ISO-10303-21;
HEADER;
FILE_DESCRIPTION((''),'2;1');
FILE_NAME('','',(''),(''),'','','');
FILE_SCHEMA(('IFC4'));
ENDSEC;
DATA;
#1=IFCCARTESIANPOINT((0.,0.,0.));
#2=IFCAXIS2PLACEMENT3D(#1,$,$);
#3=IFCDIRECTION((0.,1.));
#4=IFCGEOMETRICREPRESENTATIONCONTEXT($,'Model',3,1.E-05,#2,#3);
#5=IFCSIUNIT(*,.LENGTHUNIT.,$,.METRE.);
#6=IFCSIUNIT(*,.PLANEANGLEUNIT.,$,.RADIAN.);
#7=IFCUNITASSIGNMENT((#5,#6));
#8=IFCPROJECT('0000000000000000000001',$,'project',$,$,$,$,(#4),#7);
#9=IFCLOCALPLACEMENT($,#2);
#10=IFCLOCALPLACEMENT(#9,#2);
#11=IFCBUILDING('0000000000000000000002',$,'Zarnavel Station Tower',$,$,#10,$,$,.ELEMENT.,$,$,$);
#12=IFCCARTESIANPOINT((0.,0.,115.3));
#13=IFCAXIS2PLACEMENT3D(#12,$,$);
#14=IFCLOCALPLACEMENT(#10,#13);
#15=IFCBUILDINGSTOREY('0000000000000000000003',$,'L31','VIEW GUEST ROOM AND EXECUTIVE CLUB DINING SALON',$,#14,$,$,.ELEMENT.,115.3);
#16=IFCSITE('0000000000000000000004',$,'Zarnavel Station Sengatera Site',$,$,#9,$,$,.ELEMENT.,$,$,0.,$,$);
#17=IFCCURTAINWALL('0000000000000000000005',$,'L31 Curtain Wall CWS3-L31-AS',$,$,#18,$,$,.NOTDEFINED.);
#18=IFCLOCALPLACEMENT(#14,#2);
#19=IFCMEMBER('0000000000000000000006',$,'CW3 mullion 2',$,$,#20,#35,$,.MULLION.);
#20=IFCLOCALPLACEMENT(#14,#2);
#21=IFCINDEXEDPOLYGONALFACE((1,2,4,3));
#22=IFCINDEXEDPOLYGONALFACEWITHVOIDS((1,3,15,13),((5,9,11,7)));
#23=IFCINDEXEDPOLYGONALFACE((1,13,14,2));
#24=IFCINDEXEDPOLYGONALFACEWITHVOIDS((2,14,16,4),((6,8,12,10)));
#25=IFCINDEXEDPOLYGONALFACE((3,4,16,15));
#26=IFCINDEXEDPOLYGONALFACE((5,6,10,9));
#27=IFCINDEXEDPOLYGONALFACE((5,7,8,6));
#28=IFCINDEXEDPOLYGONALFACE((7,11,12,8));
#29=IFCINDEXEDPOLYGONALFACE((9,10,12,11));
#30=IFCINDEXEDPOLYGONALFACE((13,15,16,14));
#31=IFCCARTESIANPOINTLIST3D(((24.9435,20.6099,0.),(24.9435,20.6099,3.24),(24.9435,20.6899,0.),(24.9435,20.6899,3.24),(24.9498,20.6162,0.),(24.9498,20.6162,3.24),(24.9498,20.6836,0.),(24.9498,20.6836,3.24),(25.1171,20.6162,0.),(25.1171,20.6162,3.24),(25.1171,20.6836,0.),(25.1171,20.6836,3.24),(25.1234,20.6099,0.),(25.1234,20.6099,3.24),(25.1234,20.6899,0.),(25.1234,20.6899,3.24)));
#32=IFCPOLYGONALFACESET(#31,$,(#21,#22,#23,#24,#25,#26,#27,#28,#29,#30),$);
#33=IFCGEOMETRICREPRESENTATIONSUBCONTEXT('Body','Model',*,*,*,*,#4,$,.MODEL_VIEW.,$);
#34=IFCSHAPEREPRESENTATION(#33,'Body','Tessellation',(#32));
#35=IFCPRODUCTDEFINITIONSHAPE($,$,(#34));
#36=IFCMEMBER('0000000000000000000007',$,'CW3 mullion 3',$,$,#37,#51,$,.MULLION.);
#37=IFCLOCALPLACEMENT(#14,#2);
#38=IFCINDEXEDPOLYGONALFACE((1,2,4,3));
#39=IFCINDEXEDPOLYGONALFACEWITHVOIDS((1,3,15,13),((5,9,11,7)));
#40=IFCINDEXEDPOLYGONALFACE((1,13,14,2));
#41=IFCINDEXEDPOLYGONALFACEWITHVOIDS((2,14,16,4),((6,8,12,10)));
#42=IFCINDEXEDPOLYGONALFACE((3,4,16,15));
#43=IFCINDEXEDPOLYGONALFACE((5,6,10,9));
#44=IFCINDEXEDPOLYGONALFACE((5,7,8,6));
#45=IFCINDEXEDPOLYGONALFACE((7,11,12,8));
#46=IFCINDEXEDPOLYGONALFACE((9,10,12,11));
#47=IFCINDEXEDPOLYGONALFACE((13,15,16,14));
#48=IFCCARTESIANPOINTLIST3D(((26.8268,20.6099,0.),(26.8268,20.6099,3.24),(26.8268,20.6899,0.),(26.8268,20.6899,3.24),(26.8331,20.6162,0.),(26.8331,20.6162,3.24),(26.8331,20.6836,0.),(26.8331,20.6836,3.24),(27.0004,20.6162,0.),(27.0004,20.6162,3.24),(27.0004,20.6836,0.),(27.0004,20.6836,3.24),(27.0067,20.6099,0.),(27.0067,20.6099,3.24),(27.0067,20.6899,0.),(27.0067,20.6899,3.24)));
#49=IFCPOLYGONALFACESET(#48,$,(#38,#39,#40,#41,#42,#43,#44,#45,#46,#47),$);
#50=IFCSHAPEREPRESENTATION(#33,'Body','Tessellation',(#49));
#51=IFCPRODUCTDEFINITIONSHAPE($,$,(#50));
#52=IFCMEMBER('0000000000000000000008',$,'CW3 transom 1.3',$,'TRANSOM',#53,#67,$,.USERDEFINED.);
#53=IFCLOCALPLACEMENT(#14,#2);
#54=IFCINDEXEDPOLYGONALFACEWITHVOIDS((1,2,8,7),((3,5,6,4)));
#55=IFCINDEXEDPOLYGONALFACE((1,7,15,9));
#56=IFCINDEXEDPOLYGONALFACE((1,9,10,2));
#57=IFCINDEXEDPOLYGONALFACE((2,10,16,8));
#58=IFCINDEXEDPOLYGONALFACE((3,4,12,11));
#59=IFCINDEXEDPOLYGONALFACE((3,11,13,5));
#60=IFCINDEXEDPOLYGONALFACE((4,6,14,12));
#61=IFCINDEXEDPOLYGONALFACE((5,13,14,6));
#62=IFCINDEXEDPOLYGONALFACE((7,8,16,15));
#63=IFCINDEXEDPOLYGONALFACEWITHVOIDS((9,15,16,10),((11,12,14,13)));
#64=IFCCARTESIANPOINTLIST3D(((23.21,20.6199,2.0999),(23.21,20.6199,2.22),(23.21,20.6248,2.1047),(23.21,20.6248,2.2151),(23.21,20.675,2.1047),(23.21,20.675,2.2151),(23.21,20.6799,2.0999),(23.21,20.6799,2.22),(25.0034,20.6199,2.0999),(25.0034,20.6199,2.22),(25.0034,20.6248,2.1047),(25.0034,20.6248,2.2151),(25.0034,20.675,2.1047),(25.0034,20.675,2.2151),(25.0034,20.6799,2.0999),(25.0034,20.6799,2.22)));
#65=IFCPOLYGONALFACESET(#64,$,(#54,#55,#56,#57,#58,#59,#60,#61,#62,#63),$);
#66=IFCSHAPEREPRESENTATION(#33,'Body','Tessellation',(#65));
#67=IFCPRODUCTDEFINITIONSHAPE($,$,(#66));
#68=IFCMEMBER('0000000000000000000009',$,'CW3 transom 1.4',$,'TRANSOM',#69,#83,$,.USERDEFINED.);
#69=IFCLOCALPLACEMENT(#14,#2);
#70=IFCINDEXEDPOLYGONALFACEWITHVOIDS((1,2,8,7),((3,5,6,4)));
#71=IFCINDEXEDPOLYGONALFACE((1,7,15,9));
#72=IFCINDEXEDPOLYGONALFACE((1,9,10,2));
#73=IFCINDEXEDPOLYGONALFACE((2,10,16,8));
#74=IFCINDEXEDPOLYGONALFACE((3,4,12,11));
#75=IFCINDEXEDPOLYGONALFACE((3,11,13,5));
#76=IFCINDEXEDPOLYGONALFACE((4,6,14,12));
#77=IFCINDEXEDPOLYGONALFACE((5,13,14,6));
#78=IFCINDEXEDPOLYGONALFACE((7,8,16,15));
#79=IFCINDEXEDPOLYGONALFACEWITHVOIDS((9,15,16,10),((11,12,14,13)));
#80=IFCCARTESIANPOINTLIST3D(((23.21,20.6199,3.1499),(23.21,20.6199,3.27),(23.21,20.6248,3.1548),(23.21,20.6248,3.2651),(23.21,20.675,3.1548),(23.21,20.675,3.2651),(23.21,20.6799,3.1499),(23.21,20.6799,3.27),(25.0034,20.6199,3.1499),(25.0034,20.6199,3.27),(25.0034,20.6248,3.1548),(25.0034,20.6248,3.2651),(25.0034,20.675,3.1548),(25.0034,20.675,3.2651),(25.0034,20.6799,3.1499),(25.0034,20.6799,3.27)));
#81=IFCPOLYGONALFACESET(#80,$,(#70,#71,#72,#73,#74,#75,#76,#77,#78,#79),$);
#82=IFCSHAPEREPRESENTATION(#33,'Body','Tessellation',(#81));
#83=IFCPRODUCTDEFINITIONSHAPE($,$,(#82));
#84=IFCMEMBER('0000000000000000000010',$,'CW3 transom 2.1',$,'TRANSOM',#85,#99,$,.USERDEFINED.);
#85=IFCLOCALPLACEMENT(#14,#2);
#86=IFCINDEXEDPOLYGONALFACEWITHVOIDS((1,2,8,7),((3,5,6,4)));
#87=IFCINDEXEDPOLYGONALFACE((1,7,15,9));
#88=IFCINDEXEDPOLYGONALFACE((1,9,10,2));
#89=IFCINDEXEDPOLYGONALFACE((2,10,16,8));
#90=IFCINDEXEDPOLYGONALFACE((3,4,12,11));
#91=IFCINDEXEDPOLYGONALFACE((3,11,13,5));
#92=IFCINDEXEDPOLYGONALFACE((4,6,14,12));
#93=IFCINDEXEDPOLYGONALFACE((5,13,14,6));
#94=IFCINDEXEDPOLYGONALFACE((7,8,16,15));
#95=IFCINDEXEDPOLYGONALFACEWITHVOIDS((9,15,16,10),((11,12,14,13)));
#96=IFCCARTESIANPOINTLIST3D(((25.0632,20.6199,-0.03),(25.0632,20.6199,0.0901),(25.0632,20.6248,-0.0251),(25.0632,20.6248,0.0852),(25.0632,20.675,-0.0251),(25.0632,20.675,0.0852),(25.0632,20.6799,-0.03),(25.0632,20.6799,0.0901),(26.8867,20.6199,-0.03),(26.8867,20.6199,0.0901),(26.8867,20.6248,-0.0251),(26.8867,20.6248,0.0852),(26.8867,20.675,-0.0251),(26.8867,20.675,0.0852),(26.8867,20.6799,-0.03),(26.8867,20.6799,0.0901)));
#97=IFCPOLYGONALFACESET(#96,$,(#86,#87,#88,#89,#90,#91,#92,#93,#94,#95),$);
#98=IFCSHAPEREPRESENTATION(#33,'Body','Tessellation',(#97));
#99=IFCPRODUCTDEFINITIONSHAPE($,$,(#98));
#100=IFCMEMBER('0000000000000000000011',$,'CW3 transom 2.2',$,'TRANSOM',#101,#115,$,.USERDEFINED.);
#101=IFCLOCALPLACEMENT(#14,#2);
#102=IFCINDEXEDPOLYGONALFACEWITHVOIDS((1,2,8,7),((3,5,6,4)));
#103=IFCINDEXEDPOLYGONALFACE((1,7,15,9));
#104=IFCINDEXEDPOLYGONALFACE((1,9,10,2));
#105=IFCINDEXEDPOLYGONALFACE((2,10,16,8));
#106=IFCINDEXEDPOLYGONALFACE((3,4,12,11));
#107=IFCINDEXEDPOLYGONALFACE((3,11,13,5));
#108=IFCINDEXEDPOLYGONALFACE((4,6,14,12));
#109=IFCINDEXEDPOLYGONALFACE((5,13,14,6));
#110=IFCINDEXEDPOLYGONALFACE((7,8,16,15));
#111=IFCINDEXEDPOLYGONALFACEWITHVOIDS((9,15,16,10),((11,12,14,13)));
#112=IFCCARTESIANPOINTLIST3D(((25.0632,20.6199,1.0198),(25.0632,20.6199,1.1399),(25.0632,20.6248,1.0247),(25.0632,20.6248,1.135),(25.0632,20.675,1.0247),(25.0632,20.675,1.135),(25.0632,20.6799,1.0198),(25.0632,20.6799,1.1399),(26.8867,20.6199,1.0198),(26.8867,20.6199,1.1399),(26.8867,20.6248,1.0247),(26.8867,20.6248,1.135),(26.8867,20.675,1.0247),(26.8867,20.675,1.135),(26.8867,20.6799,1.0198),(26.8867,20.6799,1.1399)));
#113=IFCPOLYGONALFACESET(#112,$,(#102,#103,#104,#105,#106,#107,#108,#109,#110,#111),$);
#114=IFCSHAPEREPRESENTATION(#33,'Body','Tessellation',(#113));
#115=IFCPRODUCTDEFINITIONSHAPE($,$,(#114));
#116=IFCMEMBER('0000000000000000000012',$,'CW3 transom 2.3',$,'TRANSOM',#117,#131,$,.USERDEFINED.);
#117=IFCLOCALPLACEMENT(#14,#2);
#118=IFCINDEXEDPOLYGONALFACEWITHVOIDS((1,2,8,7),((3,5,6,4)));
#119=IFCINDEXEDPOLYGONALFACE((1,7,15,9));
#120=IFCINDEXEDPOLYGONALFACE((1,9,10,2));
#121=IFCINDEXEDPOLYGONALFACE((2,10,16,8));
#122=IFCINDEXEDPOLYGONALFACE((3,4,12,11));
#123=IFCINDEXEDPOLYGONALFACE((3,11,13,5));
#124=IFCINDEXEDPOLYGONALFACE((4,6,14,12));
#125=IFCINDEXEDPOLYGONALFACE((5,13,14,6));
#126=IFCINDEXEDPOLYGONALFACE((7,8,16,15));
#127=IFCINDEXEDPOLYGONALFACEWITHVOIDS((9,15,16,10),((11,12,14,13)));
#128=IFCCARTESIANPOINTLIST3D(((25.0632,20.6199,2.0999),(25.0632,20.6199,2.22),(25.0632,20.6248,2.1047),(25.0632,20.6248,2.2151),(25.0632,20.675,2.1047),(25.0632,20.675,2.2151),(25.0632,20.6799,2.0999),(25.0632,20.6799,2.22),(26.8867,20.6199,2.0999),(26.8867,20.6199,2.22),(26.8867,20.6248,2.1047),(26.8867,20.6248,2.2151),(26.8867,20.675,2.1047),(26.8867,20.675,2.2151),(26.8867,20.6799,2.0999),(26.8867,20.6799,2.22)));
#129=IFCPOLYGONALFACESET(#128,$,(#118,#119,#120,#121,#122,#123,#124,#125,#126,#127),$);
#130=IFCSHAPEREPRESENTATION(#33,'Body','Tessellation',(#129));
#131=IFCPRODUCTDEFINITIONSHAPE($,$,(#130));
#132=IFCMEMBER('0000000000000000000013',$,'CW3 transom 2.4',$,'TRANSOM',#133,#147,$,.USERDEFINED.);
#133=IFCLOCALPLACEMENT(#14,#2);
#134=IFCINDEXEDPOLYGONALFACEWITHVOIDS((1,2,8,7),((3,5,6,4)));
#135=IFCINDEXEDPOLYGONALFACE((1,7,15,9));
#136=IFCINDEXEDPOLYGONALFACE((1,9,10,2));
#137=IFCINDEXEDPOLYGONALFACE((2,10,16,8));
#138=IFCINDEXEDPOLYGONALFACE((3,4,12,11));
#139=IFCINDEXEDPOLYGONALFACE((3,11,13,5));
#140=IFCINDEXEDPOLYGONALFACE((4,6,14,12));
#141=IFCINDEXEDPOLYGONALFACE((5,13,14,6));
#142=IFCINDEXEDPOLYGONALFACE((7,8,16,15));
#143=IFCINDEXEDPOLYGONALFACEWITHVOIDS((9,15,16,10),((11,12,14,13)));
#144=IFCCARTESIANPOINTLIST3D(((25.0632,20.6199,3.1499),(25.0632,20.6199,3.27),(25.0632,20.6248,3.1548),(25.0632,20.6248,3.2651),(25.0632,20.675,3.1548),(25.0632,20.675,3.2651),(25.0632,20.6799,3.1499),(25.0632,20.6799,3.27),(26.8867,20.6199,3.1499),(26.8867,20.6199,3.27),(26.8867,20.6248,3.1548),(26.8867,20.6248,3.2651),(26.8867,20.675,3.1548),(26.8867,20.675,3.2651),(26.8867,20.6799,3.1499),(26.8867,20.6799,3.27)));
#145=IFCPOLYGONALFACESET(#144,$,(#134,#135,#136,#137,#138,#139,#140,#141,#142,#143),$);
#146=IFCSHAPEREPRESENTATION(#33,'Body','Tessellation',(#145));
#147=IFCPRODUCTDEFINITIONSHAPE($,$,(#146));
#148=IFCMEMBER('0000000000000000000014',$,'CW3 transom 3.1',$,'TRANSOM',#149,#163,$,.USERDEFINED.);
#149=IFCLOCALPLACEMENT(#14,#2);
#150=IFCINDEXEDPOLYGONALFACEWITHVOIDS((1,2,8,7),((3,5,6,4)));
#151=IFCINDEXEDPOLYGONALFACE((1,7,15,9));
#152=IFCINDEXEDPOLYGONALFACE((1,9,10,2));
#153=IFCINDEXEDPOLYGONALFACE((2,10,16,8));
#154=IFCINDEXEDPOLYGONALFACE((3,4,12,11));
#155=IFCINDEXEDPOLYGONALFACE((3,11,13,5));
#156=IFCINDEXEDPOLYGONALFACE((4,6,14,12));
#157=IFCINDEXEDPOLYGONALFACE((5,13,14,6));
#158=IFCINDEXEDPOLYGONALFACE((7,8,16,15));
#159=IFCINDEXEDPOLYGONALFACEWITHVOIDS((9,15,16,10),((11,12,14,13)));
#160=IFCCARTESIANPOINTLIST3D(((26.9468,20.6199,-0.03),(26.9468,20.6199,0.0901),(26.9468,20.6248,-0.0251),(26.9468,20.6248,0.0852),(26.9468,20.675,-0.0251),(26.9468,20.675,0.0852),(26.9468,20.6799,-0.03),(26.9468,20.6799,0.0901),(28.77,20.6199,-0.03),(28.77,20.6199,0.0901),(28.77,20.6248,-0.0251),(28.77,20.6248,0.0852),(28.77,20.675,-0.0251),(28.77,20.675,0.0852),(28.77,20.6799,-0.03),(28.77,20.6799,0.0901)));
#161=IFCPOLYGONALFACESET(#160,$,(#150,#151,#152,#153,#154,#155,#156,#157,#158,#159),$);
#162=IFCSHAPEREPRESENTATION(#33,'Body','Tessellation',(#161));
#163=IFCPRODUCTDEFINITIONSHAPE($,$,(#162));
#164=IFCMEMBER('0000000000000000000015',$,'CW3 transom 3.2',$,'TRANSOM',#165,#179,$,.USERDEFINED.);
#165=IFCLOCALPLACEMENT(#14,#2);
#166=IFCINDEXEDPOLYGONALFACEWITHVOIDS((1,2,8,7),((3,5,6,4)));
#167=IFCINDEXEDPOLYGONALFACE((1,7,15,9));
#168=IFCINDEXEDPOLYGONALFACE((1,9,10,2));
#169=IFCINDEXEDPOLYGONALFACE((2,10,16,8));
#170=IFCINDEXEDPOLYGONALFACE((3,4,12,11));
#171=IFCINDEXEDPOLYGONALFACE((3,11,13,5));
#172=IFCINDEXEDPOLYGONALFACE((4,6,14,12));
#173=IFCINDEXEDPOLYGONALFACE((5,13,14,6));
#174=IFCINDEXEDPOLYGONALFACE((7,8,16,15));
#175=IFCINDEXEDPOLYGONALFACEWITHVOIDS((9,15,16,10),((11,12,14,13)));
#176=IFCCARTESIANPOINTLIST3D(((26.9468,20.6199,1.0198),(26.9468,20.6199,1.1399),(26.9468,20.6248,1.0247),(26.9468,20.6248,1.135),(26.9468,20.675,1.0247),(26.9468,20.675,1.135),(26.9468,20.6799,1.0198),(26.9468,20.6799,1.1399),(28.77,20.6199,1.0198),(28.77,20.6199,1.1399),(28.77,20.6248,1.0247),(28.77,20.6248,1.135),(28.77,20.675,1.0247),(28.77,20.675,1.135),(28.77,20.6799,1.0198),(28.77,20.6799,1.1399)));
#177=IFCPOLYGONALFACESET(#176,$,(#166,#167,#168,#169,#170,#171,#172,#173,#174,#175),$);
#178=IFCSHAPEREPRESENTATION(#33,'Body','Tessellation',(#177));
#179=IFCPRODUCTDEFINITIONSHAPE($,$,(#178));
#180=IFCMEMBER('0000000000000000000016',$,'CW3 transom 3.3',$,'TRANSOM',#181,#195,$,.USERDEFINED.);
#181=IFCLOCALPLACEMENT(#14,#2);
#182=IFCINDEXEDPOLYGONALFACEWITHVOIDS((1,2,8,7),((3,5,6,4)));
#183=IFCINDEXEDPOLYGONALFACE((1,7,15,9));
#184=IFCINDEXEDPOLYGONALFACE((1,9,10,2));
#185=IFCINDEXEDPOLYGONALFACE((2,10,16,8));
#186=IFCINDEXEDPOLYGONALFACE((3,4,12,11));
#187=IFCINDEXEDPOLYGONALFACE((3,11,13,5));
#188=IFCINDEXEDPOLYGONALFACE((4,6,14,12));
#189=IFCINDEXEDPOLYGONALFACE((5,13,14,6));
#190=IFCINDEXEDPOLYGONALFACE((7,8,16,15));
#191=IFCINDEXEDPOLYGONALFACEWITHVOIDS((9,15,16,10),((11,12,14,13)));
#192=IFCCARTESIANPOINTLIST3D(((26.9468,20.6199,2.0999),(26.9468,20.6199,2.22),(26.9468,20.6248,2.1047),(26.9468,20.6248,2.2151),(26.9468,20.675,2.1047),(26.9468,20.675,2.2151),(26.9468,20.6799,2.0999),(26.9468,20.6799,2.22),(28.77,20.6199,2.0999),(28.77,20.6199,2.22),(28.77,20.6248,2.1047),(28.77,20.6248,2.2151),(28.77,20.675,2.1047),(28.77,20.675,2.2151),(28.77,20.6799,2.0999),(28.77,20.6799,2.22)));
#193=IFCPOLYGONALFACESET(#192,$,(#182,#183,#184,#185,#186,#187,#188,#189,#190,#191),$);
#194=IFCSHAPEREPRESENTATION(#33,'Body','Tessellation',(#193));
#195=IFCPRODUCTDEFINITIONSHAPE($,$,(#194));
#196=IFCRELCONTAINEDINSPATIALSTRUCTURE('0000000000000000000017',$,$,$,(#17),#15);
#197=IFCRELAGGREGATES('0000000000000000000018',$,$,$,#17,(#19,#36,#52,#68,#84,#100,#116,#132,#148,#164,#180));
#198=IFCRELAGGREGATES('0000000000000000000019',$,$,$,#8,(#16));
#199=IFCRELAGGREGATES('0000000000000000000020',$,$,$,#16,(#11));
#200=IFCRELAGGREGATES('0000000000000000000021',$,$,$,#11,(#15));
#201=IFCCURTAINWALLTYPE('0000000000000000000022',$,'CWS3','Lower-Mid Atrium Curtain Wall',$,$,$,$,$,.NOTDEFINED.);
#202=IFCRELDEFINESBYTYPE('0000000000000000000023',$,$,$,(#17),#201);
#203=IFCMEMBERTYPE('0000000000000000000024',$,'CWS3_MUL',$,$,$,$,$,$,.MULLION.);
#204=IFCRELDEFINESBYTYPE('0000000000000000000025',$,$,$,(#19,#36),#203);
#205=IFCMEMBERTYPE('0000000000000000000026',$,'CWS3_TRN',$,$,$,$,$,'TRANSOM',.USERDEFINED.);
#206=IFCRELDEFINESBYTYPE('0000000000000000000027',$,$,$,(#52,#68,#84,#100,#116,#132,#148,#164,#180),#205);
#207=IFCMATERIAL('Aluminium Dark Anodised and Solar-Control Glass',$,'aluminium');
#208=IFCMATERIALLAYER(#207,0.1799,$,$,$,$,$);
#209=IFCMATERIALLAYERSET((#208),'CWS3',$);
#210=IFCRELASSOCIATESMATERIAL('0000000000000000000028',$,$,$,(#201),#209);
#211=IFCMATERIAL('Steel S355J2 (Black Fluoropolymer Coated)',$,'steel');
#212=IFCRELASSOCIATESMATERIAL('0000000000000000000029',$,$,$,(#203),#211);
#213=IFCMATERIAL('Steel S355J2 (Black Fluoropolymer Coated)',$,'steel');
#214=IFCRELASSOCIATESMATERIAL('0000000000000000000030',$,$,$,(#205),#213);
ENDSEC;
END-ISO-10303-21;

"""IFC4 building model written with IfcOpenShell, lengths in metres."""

from ifc_helpers import new_model, si_unit, direction, frame, origin, origin_2d, place, context, subcontext, project, spatial, hollow_rectangle, extrude, material, layer, layer_set, material_profile, profile_set, type_object, element, aggregate, save


model = new_model("IFC4")

# Units and contexts
model_context = context("Model", 3, precision=1e-05, world=origin(), true_north=direction((0.0, 1.0)))
body_context = subcontext(model_context, "Body", "Model", "MODEL_VIEW")
ifc_project = project(units=[si_unit("LENGTHUNIT", "METRE"), si_unit("PLANEANGLEUNIT", "RADIAN")], contexts=[model_context])

# Site, building, storey
site_placement = place(None, origin())
site = spatial("IfcSite", under=ifc_project, at=site_placement, Name="Zarnavel Station Sengatera Site", CompositionType="ELEMENT", RefElevation=0.0)
building_placement = place(site_placement, origin())
building = spatial("IfcBuilding", under=site, at=building_placement, Name="Zarnavel Station Tower", CompositionType="ELEMENT")
storey_placement = place(building_placement, frame((0.0, 0.0, 115.3)))
storey = spatial("IfcBuildingStorey", under=building, at=storey_placement, Name="L31", Description="VIEW GUEST ROOM AND EXECUTIVE CLUB DINING SALON", CompositionType="ELEMENT", Elevation=115.3)

# Curtain wall, members
ifc_material_1 = material(Name="Aluminium Dark Anodised and Solar-Control Glass", Category="aluminium")
ifc_layer_1 = layer(ifc_material_1, 0.1799)
ifc_layer_set_1 = layer_set([ifc_layer_1], Name="CWS3")
curtain_wall_type = type_object("IfcCurtainWallType", Name="CWS3", Description="Lower-Mid Atrium Curtain Wall", PredefinedType="NOTDEFINED", material=ifc_layer_set_1)
curtain_wall_placement = place(storey_placement, origin())
curtain_wall = element("IfcCurtainWall", 1, at=curtain_wall_placement, inside=storey, type_object=curtain_wall_type, Name="L31 Curtain Wall CWS3-L31-AS", PredefinedType="NOTDEFINED")
ifc_material_2 = material(Name="Steel S355J2 (Black Fluoropolymer Coated)", Category="steel")
ifc_material_profile_1 = material_profile(ifc_material_2, hollow_rectangle(XDim=0.0801, YDim=0.1799, WallThickness=0.0063, at=origin_2d()), Name="RHS180x80x6.3")
ifc_profile_set_1 = profile_set([ifc_material_profile_1], Name="Steel S355J2 (Black Fluoropolymer Coated)")
member_type_1 = type_object("IfcMemberType", Name="CWS3_MUL", PredefinedType="MULLION", material=ifc_profile_set_1)
member_1_placement = place(storey_placement, frame((25.0334, 20.6499, 0.0), z_axis=(0.0, 0.0, 1.0), x_axis=(0.0, 1.0, 0.0)))
member_1 = element("IfcMember", 2, at=member_1_placement, type_object=member_type_1, Name="CW3 mullion 2", PredefinedType="MULLION", context=body_context, shape_type="SweptSolid", body=[
    extrude(hollow_rectangle(XDim=0.0801, YDim=0.1799, WallThickness=0.0063, at=origin_2d()), origin(), (0.0, 0.0, 1.0), 3.24),
])
member_2_placement = place(storey_placement, frame((26.9167, 20.6499, 0.0), z_axis=(0.0, 0.0, 1.0), x_axis=(0.0, 1.0, 0.0)))
member_2 = element("IfcMember", 3, at=member_2_placement, type_object=member_type_1, Name="CW3 mullion 3", PredefinedType="MULLION", context=body_context, shape_type="SweptSolid", body=[
    extrude(hollow_rectangle(XDim=0.0801, YDim=0.1799, WallThickness=0.0063, at=origin_2d()), origin(), (0.0, 0.0, 1.0), 3.24),
])
ifc_material_3 = material(Name="Steel S355J2 (Black Fluoropolymer Coated)", Category="steel")
ifc_material_profile_2 = material_profile(ifc_material_3, hollow_rectangle(XDim=0.0601, YDim=0.1201, WallThickness=0.0049, at=origin_2d()), Name="RHS120x60x5")
ifc_profile_set_2 = profile_set([ifc_material_profile_2], Name="Steel S355J2 (Black Fluoropolymer Coated)")
member_type_2 = type_object("IfcMemberType", Name="CWS3_TRN", ElementType="TRANSOM", PredefinedType="USERDEFINED", material=ifc_profile_set_2)
member_3_placement = place(storey_placement, frame((23.21, 20.6499, 2.1599), z_axis=(1.0, 0.0, 0.0), x_axis=(0.0, 1.0, 0.0)))
member_3 = element("IfcMember", 4, at=member_3_placement, type_object=member_type_2, Name="CW3 transom 1.3", ObjectType="TRANSOM", PredefinedType="USERDEFINED", context=body_context, shape_type="SweptSolid", body=[
    extrude(hollow_rectangle(XDim=0.0601, YDim=0.1201, WallThickness=0.0049, at=origin_2d()), origin(), (0.0, 0.0, 1.0), 1.7935),
])
member_4_placement = place(storey_placement, frame((23.21, 20.6499, 3.21), z_axis=(1.0, 0.0, 0.0), x_axis=(0.0, 1.0, 0.0)))
member_4 = element("IfcMember", 5, at=member_4_placement, type_object=member_type_2, Name="CW3 transom 1.4", ObjectType="TRANSOM", PredefinedType="USERDEFINED", context=body_context, shape_type="SweptSolid", body=[
    extrude(hollow_rectangle(XDim=0.0601, YDim=0.1201, WallThickness=0.0049, at=origin_2d()), origin(), (0.0, 0.0, 1.0), 1.7935),
])
member_5_placement = place(storey_placement, frame((25.0632, 20.6499, 0.03), z_axis=(1.0, 0.0, 0.0), x_axis=(0.0, 1.0, 0.0)))
member_5 = element("IfcMember", 6, at=member_5_placement, type_object=member_type_2, Name="CW3 transom 2.1", ObjectType="TRANSOM", PredefinedType="USERDEFINED", context=body_context, shape_type="SweptSolid", body=[
    extrude(hollow_rectangle(XDim=0.0601, YDim=0.1201, WallThickness=0.0049, at=origin_2d()), origin(), (0.0, 0.0, 1.0), 1.8235),
])
member_6_placement = place(storey_placement, frame((25.0632, 20.6499, 1.0798), z_axis=(1.0, 0.0, 0.0), x_axis=(0.0, 1.0, 0.0)))
member_6 = element("IfcMember", 7, at=member_6_placement, type_object=member_type_2, Name="CW3 transom 2.2", ObjectType="TRANSOM", PredefinedType="USERDEFINED", context=body_context, shape_type="SweptSolid", body=[
    extrude(hollow_rectangle(XDim=0.0601, YDim=0.1201, WallThickness=0.0049, at=origin_2d()), origin(), (0.0, 0.0, 1.0), 1.8235),
])
member_7_placement = place(storey_placement, frame((25.0632, 20.6499, 2.1599), z_axis=(1.0, 0.0, 0.0), x_axis=(0.0, 1.0, 0.0)))
member_7 = element("IfcMember", 8, at=member_7_placement, type_object=member_type_2, Name="CW3 transom 2.3", ObjectType="TRANSOM", PredefinedType="USERDEFINED", context=body_context, shape_type="SweptSolid", body=[
    extrude(hollow_rectangle(XDim=0.0601, YDim=0.1201, WallThickness=0.0049, at=origin_2d()), origin(), (0.0, 0.0, 1.0), 1.8235),
])
member_8_placement = place(storey_placement, frame((25.0632, 20.6499, 3.21), z_axis=(1.0, 0.0, 0.0), x_axis=(0.0, 1.0, 0.0)))
member_8 = element("IfcMember", 9, at=member_8_placement, type_object=member_type_2, Name="CW3 transom 2.4", ObjectType="TRANSOM", PredefinedType="USERDEFINED", context=body_context, shape_type="SweptSolid", body=[
    extrude(hollow_rectangle(XDim=0.0601, YDim=0.1201, WallThickness=0.0049, at=origin_2d()), origin(), (0.0, 0.0, 1.0), 1.8235),
])
member_9_placement = place(storey_placement, frame((26.9468, 20.6499, 0.03), z_axis=(1.0, 0.0, 0.0), x_axis=(0.0, 1.0, 0.0)))
member_9 = element("IfcMember", 10, at=member_9_placement, type_object=member_type_2, Name="CW3 transom 3.1", ObjectType="TRANSOM", PredefinedType="USERDEFINED", context=body_context, shape_type="SweptSolid", body=[
    extrude(hollow_rectangle(XDim=0.0601, YDim=0.1201, WallThickness=0.0049, at=origin_2d()), origin(), (0.0, 0.0, 1.0), 1.8232),
])
member_10_placement = place(storey_placement, frame((26.9468, 20.6499, 1.0798), z_axis=(1.0, 0.0, 0.0), x_axis=(0.0, 1.0, 0.0)))
member_10 = element("IfcMember", 11, at=member_10_placement, type_object=member_type_2, Name="CW3 transom 3.2", ObjectType="TRANSOM", PredefinedType="USERDEFINED", context=body_context, shape_type="SweptSolid", body=[
    extrude(hollow_rectangle(XDim=0.0601, YDim=0.1201, WallThickness=0.0049, at=origin_2d()), origin(), (0.0, 0.0, 1.0), 1.8232),
])
member_11_placement = place(storey_placement, frame((26.9468, 20.6499, 2.1599), z_axis=(1.0, 0.0, 0.0), x_axis=(0.0, 1.0, 0.0)))
member_11 = element("IfcMember", 12, at=member_11_placement, type_object=member_type_2, Name="CW3 transom 3.3", ObjectType="TRANSOM", PredefinedType="USERDEFINED", context=body_context, shape_type="SweptSolid", body=[
    extrude(hollow_rectangle(XDim=0.0601, YDim=0.1201, WallThickness=0.0049, at=origin_2d()), origin(), (0.0, 0.0, 1.0), 1.8232),
])
aggregate(curtain_wall, [member_1, member_2, member_3, member_4, member_5, member_6, member_7, member_8, member_9, member_10, member_11])

save(model, "model.ifc")
